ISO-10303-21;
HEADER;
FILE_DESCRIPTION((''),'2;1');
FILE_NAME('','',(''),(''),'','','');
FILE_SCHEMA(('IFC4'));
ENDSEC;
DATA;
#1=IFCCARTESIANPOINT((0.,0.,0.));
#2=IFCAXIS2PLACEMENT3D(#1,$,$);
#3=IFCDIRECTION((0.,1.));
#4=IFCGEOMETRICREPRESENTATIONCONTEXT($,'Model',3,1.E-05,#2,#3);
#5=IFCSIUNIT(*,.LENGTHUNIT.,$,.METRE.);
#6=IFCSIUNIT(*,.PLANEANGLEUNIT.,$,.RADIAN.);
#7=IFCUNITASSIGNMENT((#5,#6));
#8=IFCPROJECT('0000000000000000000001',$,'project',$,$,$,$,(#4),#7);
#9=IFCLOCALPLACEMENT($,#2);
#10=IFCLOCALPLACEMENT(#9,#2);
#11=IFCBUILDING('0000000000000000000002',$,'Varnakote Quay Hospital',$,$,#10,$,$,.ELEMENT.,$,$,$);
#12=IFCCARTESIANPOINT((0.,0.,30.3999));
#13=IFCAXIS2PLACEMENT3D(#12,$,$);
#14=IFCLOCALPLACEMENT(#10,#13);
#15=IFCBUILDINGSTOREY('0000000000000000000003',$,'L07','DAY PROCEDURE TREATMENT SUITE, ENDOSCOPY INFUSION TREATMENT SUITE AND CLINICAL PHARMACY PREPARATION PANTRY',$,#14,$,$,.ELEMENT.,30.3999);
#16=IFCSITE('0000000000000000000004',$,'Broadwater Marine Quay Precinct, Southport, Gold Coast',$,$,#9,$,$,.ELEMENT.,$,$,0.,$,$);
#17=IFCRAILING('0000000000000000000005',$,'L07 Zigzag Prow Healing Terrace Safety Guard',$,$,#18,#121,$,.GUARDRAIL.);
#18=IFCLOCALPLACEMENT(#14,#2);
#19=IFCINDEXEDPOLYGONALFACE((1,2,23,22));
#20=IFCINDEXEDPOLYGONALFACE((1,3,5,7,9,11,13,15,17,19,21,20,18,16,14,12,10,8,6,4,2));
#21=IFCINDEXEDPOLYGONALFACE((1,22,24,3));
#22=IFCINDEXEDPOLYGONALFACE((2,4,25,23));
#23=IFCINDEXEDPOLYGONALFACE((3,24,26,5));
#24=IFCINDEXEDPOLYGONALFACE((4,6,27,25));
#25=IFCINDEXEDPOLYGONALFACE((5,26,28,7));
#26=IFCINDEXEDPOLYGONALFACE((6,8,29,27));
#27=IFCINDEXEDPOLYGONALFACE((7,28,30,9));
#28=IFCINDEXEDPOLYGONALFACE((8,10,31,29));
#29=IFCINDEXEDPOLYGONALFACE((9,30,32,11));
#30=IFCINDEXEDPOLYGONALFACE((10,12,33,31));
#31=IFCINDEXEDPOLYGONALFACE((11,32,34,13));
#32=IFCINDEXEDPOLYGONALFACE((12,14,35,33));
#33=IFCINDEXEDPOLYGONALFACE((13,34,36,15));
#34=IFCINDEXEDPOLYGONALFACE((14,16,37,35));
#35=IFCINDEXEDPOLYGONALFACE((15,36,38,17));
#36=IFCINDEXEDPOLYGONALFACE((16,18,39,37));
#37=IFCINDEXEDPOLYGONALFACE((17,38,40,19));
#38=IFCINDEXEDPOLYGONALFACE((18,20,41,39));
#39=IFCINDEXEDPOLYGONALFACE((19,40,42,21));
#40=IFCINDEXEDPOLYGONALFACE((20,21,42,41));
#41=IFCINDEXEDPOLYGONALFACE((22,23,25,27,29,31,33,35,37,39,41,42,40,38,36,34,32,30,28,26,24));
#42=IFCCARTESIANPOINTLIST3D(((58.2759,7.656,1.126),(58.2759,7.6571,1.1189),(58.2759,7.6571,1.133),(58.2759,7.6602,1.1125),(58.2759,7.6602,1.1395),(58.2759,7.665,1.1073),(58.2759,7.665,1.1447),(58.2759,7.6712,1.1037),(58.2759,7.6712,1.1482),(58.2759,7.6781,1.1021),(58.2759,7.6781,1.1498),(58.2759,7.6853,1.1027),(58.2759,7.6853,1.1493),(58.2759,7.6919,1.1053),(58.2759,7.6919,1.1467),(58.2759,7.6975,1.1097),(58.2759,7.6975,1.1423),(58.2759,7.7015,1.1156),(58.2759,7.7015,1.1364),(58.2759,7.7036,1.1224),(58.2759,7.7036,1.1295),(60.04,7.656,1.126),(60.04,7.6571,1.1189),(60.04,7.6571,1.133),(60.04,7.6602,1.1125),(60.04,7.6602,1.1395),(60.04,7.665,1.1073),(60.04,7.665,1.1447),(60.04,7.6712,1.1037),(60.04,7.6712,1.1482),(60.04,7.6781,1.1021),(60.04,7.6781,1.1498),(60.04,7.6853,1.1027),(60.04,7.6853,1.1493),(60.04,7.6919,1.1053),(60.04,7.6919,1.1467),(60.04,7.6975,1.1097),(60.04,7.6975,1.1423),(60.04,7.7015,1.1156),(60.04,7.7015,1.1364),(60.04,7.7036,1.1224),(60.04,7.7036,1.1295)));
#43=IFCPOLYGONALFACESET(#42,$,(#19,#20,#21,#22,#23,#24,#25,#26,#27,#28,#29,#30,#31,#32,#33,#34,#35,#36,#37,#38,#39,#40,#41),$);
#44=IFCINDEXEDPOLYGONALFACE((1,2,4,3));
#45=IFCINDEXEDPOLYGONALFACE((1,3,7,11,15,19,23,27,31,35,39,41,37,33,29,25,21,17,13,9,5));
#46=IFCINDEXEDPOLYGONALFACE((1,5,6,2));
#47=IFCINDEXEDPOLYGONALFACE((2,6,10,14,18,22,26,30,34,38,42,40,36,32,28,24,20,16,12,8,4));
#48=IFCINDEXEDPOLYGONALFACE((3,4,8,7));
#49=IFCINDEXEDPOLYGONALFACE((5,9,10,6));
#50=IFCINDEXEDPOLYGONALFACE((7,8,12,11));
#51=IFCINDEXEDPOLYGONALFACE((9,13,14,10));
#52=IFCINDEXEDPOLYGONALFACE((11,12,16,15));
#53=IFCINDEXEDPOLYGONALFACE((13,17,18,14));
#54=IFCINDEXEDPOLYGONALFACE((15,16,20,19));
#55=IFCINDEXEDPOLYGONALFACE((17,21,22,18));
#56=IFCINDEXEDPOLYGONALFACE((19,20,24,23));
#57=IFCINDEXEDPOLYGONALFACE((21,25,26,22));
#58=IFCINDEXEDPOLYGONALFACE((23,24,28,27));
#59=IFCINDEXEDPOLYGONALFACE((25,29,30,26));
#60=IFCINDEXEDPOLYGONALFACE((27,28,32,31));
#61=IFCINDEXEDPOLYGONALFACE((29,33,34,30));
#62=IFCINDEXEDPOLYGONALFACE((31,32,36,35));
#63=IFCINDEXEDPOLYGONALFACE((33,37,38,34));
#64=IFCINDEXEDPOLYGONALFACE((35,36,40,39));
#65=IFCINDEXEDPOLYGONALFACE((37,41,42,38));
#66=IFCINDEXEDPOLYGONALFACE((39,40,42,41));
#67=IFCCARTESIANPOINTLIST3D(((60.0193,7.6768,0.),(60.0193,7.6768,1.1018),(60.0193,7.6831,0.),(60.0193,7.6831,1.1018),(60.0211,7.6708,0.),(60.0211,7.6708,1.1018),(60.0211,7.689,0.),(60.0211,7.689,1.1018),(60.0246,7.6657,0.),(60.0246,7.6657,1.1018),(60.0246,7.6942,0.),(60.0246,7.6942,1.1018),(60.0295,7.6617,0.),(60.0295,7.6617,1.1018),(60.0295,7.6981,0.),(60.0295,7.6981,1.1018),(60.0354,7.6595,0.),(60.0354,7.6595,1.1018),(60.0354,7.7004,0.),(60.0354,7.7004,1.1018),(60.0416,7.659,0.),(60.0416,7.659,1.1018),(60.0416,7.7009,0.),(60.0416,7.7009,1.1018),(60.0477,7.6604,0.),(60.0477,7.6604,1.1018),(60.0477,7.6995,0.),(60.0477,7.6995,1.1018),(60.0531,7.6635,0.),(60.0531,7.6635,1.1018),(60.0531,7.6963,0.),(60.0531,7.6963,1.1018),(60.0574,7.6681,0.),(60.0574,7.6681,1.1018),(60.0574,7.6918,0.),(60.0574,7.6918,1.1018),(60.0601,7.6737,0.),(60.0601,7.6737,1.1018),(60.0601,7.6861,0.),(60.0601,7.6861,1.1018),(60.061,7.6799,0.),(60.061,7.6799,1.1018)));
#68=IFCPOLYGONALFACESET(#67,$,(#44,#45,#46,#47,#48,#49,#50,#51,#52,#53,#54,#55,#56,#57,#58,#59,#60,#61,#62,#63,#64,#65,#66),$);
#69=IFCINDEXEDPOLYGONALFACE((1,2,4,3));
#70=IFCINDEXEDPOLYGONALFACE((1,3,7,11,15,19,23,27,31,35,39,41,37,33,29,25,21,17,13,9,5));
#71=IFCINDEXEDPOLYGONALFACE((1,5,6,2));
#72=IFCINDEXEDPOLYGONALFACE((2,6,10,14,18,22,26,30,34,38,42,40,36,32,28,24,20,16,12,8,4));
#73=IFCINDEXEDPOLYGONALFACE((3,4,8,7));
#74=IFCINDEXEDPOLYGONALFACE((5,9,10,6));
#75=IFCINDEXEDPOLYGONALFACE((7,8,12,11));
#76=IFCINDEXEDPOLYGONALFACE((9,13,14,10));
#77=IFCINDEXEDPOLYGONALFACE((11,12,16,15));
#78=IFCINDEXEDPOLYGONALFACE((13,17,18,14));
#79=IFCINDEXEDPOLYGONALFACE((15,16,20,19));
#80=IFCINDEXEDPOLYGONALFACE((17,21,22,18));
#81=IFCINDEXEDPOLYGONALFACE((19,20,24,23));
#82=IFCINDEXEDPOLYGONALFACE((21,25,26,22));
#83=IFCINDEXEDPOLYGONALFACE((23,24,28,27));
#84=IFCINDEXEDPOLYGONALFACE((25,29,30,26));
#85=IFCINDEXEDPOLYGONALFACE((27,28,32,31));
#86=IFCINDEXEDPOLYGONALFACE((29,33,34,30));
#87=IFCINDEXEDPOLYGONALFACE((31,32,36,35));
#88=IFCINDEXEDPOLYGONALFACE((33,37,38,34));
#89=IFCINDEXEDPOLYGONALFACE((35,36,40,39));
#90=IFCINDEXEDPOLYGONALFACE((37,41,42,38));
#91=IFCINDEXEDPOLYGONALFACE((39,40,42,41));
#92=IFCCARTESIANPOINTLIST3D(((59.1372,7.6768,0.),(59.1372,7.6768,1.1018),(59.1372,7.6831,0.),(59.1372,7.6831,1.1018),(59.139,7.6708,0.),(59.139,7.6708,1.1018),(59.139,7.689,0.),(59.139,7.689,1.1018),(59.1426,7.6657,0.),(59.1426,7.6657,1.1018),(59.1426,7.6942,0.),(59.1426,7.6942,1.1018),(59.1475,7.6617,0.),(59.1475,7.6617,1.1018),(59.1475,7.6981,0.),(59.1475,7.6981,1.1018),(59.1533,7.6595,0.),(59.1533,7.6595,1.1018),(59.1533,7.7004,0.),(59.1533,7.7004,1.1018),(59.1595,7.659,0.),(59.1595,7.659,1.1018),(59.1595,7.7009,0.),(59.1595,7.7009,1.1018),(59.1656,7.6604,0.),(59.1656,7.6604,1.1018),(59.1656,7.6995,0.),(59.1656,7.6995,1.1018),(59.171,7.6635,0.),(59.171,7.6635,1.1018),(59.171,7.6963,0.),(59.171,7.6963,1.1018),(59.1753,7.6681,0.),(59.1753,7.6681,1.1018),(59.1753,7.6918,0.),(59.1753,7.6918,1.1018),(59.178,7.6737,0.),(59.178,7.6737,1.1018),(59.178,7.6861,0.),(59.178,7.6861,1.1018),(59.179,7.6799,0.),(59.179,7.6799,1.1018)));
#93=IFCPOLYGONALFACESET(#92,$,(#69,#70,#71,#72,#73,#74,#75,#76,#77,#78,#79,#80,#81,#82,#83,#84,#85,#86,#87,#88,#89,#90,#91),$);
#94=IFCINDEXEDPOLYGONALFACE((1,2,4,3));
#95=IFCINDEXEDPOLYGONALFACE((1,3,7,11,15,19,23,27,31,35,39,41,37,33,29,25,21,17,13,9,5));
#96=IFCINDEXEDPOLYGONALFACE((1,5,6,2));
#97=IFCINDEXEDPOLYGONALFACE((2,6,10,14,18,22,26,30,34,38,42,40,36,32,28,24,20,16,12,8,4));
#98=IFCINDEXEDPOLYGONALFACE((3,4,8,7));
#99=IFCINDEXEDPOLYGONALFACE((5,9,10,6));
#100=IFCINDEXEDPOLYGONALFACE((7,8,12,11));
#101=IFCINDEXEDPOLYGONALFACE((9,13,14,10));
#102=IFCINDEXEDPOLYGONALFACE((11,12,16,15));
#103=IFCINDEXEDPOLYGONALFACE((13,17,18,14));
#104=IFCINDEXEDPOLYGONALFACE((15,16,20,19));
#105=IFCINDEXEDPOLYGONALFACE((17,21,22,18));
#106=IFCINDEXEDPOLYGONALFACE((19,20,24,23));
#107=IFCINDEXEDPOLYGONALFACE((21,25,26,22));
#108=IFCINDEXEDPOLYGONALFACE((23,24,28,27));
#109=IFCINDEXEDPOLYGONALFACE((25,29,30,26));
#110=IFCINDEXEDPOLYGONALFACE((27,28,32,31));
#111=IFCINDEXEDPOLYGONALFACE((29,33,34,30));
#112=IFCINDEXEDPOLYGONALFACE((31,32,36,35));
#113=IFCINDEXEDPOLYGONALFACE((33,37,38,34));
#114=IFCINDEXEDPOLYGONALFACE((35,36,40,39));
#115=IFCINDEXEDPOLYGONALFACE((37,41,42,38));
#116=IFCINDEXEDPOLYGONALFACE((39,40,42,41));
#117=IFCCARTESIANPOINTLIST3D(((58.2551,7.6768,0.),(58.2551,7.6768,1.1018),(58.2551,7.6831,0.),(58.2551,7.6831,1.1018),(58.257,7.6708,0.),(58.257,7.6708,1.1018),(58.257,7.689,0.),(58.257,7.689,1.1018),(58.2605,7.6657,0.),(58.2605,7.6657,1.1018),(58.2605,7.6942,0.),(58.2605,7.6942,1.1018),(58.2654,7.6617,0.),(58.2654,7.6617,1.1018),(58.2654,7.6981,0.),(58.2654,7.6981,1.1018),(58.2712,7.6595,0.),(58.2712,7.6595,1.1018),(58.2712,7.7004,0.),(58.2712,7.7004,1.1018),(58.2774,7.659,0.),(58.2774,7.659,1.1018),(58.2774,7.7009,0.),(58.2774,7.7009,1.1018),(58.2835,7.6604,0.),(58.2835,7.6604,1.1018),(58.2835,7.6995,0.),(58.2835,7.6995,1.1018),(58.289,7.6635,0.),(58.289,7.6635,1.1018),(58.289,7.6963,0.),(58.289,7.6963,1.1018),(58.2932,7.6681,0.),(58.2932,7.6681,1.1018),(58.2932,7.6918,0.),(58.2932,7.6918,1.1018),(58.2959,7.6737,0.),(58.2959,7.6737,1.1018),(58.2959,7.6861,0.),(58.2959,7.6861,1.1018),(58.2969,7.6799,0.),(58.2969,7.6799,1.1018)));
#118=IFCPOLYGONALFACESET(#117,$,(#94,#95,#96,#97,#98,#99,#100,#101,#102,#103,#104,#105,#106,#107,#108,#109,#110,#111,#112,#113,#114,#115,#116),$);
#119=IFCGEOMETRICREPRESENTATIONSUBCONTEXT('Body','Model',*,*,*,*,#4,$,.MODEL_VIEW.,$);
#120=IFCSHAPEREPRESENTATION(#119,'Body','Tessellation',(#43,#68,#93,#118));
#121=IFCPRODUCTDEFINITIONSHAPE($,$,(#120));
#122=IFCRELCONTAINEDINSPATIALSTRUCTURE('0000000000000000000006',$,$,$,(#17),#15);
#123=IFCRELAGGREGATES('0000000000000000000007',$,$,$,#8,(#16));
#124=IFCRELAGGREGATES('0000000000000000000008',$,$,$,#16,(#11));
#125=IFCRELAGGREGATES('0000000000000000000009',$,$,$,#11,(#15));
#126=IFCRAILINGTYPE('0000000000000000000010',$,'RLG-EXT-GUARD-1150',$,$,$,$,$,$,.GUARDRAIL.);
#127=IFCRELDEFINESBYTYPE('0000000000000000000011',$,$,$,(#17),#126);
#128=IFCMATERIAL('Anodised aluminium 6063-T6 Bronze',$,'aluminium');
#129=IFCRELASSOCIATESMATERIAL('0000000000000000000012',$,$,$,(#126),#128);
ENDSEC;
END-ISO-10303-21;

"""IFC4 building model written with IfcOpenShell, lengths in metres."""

from ifc_helpers import new_model, si_unit, direction, frame, origin, origin_2d, place, context, subcontext, project, spatial, circle, extrude, material, type_object, element, save


model = new_model("IFC4")

# Units and contexts
model_context = context("Model", 3, precision=1e-05, world=origin(), true_north=direction((0.0, 1.0)))
body_context = subcontext(model_context, "Body", "Model", "MODEL_VIEW")
ifc_project = project(units=[si_unit("LENGTHUNIT", "METRE"), si_unit("PLANEANGLEUNIT", "RADIAN")], contexts=[model_context])

# Site, building, storey
site_placement = place(None, origin())
site = spatial("IfcSite", under=ifc_project, at=site_placement, Name="Broadwater Marine Quay Precinct, Southport, Gold Coast", CompositionType="ELEMENT", RefElevation=0.0)
building_placement = place(site_placement, origin())
building = spatial("IfcBuilding", under=site, at=building_placement, Name="Varnakote Quay Hospital", CompositionType="ELEMENT")
storey_placement = place(building_placement, frame((0.0, 0.0, 30.3999)))
storey = spatial("IfcBuildingStorey", under=building, at=storey_placement, Name="L07", Description="DAY PROCEDURE TREATMENT SUITE, ENDOSCOPY INFUSION TREATMENT SUITE AND CLINICAL PHARMACY PREPARATION PANTRY", CompositionType="ELEMENT", Elevation=30.3999)

# Railing
ifc_material_1 = material(Name="Anodised aluminium 6063-T6 Bronze", Category="aluminium")
railing_type_1 = type_object("IfcRailingType", Name="RLG-EXT-GUARD-1150", PredefinedType="GUARDRAIL", material=ifc_material_1)
railing_1_placement = place(storey_placement, frame((60.04, 7.6799, 0.0)))
element("IfcRailing", 1, at=railing_1_placement, inside=storey, type_object=railing_type_1, Name="L07 Zigzag Prow Healing Terrace Safety Guard", PredefinedType="GUARDRAIL", context=body_context, shape_type="SweptSolid", body=[
    extrude(circle(Radius=0.0239, at=origin_2d()), frame((0.0, 0.0, 1.126), z_axis=(-1.0, 0.0, 0.0), x_axis=(0.0, -1.0, 0.0)), (0.0, 0.0, 1.0), 1.7642),
    extrude(circle(Radius=0.021, at=origin_2d()), origin(), (0.0, 0.0, 1.0), 1.1018),
    extrude(circle(Radius=0.021, at=origin_2d()), frame((-0.8821, 0.0, 0.0)), (0.0, 0.0, 1.0), 1.1018),
    extrude(circle(Radius=0.021, at=origin_2d()), frame((-1.7642, 0.0, 0.0)), (0.0, 0.0, 1.0), 1.1018),
])

save(model, "model.ifc")
